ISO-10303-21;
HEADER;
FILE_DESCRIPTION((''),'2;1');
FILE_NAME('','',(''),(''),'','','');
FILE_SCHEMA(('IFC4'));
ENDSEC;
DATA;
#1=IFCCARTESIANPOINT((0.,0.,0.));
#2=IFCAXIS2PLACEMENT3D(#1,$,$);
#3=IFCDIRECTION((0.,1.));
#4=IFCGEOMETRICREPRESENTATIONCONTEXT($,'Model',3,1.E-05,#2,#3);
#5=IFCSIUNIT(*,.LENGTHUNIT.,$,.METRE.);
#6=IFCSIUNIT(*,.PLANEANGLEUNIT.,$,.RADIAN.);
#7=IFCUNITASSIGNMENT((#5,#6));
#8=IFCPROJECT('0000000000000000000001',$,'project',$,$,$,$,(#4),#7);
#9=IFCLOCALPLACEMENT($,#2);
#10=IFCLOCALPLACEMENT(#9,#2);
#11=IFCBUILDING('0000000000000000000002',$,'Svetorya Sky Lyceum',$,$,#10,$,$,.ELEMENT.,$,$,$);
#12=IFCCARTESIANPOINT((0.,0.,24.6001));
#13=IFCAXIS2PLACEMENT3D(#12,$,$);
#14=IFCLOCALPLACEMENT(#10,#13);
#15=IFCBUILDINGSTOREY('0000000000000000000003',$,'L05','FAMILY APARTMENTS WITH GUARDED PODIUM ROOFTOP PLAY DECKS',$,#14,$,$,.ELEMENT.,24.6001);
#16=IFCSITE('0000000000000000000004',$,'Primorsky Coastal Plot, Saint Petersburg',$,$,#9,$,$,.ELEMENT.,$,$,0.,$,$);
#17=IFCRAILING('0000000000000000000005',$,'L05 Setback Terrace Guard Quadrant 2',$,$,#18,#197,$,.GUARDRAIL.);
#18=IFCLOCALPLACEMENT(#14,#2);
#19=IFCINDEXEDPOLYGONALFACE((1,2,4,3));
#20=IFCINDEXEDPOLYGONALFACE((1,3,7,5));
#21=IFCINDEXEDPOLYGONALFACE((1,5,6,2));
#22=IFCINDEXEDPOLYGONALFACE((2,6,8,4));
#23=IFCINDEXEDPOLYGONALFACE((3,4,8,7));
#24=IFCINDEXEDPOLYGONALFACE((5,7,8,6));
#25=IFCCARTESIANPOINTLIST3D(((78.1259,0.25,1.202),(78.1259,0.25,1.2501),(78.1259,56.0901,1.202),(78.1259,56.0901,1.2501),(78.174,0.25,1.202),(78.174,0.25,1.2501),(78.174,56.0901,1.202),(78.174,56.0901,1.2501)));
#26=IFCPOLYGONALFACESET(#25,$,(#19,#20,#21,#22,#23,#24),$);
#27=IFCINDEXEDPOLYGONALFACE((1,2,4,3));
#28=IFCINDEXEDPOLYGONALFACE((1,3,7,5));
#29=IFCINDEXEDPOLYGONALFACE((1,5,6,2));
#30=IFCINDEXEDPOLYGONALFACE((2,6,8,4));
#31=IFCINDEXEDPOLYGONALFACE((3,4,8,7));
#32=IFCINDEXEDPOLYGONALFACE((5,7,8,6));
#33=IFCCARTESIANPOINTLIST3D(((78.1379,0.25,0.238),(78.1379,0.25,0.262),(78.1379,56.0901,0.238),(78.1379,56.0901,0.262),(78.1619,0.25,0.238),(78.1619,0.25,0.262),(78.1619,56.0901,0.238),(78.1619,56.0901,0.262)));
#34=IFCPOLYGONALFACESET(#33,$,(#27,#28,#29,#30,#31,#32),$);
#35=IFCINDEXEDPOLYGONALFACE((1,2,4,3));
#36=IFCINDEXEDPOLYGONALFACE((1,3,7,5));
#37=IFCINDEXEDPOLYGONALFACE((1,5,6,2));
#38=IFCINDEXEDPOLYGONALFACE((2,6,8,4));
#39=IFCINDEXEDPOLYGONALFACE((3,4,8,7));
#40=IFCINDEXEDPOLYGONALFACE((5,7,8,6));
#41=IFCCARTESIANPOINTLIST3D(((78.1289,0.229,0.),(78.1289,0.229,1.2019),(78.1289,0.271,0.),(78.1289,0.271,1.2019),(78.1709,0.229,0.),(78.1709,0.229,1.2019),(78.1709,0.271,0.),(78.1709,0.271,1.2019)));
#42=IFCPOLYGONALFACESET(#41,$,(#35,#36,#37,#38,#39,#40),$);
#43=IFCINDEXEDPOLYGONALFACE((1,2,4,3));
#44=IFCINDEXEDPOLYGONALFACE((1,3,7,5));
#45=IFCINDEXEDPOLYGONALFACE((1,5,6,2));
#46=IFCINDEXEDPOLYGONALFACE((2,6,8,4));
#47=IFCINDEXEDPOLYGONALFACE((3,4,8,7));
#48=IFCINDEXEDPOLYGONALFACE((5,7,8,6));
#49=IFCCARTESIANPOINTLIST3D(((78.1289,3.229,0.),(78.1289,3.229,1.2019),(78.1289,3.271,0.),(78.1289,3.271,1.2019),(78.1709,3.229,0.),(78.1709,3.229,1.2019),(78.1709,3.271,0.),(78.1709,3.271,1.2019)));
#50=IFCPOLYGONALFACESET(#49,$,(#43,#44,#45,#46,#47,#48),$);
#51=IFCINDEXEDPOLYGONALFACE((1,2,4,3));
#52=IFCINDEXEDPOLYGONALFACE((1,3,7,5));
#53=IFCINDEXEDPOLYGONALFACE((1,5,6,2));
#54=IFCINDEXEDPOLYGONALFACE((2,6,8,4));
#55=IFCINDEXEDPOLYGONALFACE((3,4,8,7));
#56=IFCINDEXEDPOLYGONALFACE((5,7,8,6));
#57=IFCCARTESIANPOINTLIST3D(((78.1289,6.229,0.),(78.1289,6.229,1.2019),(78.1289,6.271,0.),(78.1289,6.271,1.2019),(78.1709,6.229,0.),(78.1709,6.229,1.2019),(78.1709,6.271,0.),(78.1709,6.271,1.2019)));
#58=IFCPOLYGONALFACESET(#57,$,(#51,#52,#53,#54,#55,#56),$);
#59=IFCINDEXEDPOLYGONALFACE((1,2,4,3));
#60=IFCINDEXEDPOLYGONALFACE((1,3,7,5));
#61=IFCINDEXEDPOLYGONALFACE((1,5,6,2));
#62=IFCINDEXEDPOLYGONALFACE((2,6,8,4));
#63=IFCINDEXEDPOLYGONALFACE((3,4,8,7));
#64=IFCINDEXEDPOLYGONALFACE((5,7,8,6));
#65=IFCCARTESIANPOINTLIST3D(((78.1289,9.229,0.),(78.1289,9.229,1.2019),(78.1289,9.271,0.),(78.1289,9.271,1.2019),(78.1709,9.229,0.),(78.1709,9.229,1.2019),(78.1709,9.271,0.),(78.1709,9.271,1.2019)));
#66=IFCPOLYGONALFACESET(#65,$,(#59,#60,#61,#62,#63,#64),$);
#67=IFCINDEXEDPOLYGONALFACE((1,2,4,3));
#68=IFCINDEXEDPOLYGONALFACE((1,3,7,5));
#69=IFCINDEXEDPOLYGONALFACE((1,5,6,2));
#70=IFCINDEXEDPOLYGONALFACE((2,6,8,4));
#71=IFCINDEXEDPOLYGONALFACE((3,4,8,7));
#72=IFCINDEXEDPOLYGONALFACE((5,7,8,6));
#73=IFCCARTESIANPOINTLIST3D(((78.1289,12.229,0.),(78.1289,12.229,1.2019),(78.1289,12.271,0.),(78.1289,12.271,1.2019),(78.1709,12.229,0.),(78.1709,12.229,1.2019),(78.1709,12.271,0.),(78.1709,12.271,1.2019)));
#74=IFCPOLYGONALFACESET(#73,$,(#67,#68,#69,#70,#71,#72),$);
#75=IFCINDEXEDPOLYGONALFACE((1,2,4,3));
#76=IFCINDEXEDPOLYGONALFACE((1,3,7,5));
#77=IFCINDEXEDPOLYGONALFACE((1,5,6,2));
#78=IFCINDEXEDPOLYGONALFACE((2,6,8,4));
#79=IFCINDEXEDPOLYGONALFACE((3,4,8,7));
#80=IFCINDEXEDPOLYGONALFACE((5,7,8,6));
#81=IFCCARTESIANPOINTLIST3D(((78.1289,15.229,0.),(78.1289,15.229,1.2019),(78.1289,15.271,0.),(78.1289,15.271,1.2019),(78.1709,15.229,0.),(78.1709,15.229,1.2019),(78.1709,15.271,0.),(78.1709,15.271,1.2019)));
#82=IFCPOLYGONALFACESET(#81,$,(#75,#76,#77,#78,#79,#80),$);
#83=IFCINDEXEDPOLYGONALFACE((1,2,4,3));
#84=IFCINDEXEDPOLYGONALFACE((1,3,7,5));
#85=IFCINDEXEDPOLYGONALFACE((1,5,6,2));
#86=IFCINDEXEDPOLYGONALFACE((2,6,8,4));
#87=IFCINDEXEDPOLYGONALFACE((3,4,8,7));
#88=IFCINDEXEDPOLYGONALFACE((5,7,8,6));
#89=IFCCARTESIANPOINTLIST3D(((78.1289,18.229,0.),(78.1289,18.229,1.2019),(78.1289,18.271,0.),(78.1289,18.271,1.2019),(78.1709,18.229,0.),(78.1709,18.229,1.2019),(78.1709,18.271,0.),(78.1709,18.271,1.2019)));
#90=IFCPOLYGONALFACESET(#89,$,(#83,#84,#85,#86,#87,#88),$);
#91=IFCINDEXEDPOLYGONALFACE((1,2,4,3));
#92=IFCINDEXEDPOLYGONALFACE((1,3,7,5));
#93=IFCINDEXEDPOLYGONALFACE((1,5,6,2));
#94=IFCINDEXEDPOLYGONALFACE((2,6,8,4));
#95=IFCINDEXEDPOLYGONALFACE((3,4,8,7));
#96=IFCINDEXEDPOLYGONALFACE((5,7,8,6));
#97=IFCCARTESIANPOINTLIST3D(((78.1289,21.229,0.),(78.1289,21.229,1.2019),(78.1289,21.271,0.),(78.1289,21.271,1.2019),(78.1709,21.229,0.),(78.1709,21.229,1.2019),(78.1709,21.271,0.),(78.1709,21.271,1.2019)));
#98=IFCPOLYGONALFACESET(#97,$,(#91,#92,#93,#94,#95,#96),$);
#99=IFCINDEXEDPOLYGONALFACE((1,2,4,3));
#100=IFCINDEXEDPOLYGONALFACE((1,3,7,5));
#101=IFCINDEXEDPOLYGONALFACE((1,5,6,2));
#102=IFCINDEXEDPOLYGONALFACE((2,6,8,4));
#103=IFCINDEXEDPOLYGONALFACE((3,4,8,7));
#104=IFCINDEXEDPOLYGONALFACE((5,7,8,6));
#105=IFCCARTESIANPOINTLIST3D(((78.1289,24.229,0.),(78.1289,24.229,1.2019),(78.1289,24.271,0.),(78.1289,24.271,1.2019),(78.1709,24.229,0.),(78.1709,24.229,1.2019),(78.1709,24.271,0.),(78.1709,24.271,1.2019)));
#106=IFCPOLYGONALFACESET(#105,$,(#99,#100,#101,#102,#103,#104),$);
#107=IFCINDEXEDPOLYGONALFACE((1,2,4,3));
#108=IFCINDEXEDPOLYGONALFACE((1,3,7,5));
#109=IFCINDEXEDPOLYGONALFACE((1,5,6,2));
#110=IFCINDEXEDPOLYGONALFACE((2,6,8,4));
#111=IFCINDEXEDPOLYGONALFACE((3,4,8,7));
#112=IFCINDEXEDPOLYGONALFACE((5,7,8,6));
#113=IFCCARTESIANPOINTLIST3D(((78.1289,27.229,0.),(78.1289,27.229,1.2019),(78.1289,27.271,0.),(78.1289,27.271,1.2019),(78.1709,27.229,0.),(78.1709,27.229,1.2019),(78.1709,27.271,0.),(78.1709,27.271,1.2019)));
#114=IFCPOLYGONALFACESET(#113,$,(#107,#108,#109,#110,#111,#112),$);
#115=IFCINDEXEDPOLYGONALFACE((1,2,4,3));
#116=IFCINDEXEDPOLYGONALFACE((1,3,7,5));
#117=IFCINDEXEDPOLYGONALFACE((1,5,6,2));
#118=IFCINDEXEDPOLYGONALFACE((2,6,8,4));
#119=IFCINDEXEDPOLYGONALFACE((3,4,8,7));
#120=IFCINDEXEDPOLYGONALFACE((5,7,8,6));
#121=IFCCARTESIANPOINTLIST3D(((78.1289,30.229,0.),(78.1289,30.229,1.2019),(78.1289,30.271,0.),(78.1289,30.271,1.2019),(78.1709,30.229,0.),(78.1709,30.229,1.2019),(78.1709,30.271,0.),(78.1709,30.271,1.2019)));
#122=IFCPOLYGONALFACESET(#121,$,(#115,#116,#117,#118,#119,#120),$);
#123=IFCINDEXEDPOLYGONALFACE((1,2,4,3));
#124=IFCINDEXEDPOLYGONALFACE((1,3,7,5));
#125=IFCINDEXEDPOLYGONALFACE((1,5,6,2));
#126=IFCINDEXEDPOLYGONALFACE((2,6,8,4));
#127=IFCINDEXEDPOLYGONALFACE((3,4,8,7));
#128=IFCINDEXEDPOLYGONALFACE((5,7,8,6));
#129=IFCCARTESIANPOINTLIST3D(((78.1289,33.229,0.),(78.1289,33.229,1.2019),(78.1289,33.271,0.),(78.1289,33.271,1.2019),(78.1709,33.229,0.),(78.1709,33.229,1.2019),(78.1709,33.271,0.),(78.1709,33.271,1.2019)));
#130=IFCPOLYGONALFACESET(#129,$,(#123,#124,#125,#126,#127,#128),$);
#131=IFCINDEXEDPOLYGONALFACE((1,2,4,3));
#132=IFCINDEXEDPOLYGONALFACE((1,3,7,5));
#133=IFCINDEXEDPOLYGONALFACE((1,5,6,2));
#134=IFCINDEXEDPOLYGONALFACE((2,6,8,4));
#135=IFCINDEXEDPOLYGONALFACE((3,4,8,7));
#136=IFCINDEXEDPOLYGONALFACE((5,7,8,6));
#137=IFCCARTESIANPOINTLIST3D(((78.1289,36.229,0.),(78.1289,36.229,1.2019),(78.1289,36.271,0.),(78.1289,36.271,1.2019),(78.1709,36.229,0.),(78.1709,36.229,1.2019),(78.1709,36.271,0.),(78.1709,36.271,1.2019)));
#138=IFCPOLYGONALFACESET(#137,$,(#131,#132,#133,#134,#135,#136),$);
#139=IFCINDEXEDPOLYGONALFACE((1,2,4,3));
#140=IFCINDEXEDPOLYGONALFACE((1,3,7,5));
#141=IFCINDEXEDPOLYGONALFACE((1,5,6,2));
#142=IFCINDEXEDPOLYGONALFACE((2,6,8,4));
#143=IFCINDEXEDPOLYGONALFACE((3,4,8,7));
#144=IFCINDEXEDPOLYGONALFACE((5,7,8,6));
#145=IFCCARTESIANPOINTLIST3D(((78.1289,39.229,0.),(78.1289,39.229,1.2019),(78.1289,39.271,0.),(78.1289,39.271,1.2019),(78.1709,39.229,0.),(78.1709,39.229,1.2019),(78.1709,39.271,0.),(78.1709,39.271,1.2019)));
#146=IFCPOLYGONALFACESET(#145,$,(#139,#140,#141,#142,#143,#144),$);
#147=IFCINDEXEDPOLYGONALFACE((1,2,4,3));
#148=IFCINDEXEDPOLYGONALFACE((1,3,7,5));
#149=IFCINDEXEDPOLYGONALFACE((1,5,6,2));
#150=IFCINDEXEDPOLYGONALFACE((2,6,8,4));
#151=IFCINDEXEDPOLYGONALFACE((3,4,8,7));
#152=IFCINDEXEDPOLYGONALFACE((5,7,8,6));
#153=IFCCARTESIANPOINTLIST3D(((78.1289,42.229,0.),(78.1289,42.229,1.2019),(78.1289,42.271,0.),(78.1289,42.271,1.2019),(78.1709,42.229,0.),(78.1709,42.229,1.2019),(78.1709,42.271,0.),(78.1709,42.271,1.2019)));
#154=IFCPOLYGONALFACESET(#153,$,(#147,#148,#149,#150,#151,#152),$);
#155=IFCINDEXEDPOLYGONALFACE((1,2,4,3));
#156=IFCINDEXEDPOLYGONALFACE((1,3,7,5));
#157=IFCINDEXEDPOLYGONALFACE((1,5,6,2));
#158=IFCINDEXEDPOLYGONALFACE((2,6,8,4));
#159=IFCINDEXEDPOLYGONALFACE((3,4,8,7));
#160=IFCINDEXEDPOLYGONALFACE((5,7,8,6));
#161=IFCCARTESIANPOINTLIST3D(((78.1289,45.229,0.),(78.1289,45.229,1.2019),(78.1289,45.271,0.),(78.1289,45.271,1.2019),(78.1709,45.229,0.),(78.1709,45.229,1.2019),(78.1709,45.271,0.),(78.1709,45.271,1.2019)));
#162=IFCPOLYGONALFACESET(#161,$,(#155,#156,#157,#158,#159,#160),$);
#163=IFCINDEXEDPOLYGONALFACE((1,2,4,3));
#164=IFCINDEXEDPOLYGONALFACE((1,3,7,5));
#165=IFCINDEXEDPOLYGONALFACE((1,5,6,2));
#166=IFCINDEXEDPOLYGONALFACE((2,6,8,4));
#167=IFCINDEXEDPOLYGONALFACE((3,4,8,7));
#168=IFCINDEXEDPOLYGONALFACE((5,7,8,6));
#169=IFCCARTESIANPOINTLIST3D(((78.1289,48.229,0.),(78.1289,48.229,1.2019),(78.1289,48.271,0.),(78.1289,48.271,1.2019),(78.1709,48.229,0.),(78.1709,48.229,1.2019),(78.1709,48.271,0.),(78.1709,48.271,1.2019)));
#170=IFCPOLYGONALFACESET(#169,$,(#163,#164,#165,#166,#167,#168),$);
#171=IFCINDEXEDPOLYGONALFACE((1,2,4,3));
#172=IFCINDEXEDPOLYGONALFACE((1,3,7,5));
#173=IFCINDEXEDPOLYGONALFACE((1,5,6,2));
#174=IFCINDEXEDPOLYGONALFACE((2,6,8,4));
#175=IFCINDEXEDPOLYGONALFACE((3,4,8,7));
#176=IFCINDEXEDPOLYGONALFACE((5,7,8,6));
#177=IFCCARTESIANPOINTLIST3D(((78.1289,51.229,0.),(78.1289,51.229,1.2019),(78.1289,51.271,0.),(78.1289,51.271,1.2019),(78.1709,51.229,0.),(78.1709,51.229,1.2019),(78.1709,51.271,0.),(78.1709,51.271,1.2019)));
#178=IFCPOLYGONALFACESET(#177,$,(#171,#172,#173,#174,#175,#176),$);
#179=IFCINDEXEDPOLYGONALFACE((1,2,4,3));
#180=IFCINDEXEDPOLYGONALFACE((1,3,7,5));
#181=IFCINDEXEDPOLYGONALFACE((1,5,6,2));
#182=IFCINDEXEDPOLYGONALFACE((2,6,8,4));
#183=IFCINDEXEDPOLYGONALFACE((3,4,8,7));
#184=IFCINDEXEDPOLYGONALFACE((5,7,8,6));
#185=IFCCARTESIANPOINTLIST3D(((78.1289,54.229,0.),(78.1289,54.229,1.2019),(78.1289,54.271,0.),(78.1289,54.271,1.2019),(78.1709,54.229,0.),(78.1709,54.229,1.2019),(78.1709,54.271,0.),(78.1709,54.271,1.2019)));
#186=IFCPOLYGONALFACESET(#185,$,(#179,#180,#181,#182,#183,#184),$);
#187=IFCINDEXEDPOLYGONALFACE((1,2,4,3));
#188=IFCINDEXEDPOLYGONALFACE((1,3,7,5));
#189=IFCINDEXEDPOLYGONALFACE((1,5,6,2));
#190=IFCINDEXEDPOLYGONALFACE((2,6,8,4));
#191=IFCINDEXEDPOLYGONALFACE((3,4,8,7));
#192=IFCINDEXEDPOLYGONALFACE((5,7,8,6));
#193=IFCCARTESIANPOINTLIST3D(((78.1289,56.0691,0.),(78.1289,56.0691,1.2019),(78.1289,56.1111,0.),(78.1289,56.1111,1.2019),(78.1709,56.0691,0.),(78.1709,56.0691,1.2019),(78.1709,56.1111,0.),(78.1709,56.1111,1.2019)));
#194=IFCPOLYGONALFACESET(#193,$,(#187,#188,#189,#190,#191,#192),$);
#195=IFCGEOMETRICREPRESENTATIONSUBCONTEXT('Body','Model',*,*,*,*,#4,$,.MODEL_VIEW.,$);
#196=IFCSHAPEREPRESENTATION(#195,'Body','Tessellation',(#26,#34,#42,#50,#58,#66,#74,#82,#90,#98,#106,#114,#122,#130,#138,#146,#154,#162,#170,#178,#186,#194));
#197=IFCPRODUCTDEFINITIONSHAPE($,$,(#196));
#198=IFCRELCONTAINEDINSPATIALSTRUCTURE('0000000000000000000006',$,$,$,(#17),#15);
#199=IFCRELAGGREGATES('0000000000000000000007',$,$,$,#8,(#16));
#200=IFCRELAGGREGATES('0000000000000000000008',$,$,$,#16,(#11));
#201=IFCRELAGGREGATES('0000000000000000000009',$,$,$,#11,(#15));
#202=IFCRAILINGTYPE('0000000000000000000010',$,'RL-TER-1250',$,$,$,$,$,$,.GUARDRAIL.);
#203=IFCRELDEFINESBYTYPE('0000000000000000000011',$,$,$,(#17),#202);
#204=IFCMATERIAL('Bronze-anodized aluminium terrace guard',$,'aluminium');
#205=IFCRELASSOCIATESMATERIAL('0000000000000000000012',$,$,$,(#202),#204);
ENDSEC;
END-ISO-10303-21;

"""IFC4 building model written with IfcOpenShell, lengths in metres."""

from ifc_helpers import new_model, si_unit, direction, frame, origin, origin_2d, place, context, subcontext, project, spatial, rectangle, extrude, material, type_object, element, save


model = new_model("IFC4")

# Units and contexts
model_context = context("Model", 3, precision=1e-05, world=origin(), true_north=direction((0.0, 1.0)))
body_context = subcontext(model_context, "Body", "Model", "MODEL_VIEW")
ifc_project = project(units=[si_unit("LENGTHUNIT", "METRE"), si_unit("PLANEANGLEUNIT", "RADIAN")], contexts=[model_context])

# Site, building, storey
site_placement = place(None, origin())
site = spatial("IfcSite", under=ifc_project, at=site_placement, Name="Primorsky Coastal Plot, Saint Petersburg", CompositionType="ELEMENT", RefElevation=0.0)
building_placement = place(site_placement, origin())
building = spatial("IfcBuilding", under=site, at=building_placement, Name="Svetorya Sky Lyceum", CompositionType="ELEMENT")
storey_placement = place(building_placement, frame((0.0, 0.0, 24.6001)))
storey = spatial("IfcBuildingStorey", under=building, at=storey_placement, Name="L05", Description="FAMILY APARTMENTS WITH GUARDED PODIUM ROOFTOP PLAY DECKS", CompositionType="ELEMENT", Elevation=24.6001)

# Railing
ifc_material_1 = material(Name="Bronze-anodized aluminium terrace guard", Category="aluminium")
railing_type = type_object("IfcRailingType", Name="RL-TER-1250", PredefinedType="GUARDRAIL", material=ifc_material_1)
railing_placement = place(storey_placement, frame((78.1499, 0.25, 0.0)))
element("IfcRailing", 1, at=railing_placement, inside=storey, type_object=railing_type, Name="L05 Setback Terrace Guard Quadrant 2", PredefinedType="GUARDRAIL", context=body_context, shape_type="SweptSolid", body=[
    extrude(rectangle(XDim=0.0481, YDim=0.0481, at=origin_2d()), frame((0.0, 0.0, 1.2261), z_axis=(0.0, 1.0, 0.0), x_axis=(-1.0, 0.0, 0.0)), (0.0, 0.0, 1.0), 55.8401),
    extrude(rectangle(XDim=0.0239, YDim=0.0239, at=origin_2d()), frame((0.0, 0.0, 0.25), z_axis=(0.0, 1.0, 0.0), x_axis=(-1.0, 0.0, 0.0)), (0.0, 0.0, 1.0), 55.8401),
    extrude(rectangle(XDim=0.042, YDim=0.042, at=origin_2d()), origin(), (0.0, 0.0, 1.0), 1.2019),
    extrude(rectangle(XDim=0.042, YDim=0.042, at=origin_2d()), frame((0.0, 3.0, 0.0)), (0.0, 0.0, 1.0), 1.2019),
    extrude(rectangle(XDim=0.042, YDim=0.042, at=origin_2d()), frame((0.0, 6.0, 0.0)), (0.0, 0.0, 1.0), 1.2019),
    extrude(rectangle(XDim=0.042, YDim=0.042, at=origin_2d()), frame((0.0, 9.0, 0.0)), (0.0, 0.0, 1.0), 1.2019),
    extrude(rectangle(XDim=0.042, YDim=0.042, at=origin_2d()), frame((0.0, 12.0, 0.0)), (0.0, 0.0, 1.0), 1.2019),
    extrude(rectangle(XDim=0.042, YDim=0.042, at=origin_2d()), frame((0.0, 15.0, 0.0)), (0.0, 0.0, 1.0), 1.2019),
    extrude(rectangle(XDim=0.042, YDim=0.042, at=origin_2d()), frame((0.0, 18.0, 0.0)), (0.0, 0.0, 1.0), 1.2019),
    extrude(rectangle(XDim=0.042, YDim=0.042, at=origin_2d()), frame((0.0, 21.0, 0.0)), (0.0, 0.0, 1.0), 1.2019),
    extrude(rectangle(XDim=0.042, YDim=0.042, at=origin_2d()), frame((0.0, 24.0, 0.0)), (0.0, 0.0, 1.0), 1.2019),
    extrude(rectangle(XDim=0.042, YDim=0.042, at=origin_2d()), frame((0.0, 27.0, 0.0)), (0.0, 0.0, 1.0), 1.2019),
    extrude(rectangle(XDim=0.042, YDim=0.042, at=origin_2d()), frame((0.0, 30.0, 0.0)), (0.0, 0.0, 1.0), 1.2019),
    extrude(rectangle(XDim=0.042, YDim=0.042, at=origin_2d()), frame((0.0, 33.0, 0.0)), (0.0, 0.0, 1.0), 1.2019),
    extrude(rectangle(XDim=0.042, YDim=0.042, at=origin_2d()), frame((0.0, 36.0, 0.0)), (0.0, 0.0, 1.0), 1.2019),
    extrude(rectangle(XDim=0.042, YDim=0.042, at=origin_2d()), frame((0.0, 39.0, 0.0)), (0.0, 0.0, 1.0), 1.2019),
    extrude(rectangle(XDim=0.042, YDim=0.042, at=origin_2d()), frame((0.0, 42.0, 0.0)), (0.0, 0.0, 1.0), 1.2019),
    extrude(rectangle(XDim=0.042, YDim=0.042, at=origin_2d()), frame((0.0, 45.0, 0.0)), (0.0, 0.0, 1.0), 1.2019),
    extrude(rectangle(XDim=0.042, YDim=0.042, at=origin_2d()), frame((0.0, 48.0, 0.0)), (0.0, 0.0, 1.0), 1.2019),
    extrude(rectangle(XDim=0.042, YDim=0.042, at=origin_2d()), frame((0.0, 51.0, 0.0)), (0.0, 0.0, 1.0), 1.2019),
    extrude(rectangle(XDim=0.042, YDim=0.042, at=origin_2d()), frame((0.0, 54.0, 0.0)), (0.0, 0.0, 1.0), 1.2019),
    extrude(rectangle(XDim=0.042, YDim=0.042, at=origin_2d()), frame((0.0, 55.8401, 0.0)), (0.0, 0.0, 1.0), 1.2019),
])

save(model, "model.ifc")
